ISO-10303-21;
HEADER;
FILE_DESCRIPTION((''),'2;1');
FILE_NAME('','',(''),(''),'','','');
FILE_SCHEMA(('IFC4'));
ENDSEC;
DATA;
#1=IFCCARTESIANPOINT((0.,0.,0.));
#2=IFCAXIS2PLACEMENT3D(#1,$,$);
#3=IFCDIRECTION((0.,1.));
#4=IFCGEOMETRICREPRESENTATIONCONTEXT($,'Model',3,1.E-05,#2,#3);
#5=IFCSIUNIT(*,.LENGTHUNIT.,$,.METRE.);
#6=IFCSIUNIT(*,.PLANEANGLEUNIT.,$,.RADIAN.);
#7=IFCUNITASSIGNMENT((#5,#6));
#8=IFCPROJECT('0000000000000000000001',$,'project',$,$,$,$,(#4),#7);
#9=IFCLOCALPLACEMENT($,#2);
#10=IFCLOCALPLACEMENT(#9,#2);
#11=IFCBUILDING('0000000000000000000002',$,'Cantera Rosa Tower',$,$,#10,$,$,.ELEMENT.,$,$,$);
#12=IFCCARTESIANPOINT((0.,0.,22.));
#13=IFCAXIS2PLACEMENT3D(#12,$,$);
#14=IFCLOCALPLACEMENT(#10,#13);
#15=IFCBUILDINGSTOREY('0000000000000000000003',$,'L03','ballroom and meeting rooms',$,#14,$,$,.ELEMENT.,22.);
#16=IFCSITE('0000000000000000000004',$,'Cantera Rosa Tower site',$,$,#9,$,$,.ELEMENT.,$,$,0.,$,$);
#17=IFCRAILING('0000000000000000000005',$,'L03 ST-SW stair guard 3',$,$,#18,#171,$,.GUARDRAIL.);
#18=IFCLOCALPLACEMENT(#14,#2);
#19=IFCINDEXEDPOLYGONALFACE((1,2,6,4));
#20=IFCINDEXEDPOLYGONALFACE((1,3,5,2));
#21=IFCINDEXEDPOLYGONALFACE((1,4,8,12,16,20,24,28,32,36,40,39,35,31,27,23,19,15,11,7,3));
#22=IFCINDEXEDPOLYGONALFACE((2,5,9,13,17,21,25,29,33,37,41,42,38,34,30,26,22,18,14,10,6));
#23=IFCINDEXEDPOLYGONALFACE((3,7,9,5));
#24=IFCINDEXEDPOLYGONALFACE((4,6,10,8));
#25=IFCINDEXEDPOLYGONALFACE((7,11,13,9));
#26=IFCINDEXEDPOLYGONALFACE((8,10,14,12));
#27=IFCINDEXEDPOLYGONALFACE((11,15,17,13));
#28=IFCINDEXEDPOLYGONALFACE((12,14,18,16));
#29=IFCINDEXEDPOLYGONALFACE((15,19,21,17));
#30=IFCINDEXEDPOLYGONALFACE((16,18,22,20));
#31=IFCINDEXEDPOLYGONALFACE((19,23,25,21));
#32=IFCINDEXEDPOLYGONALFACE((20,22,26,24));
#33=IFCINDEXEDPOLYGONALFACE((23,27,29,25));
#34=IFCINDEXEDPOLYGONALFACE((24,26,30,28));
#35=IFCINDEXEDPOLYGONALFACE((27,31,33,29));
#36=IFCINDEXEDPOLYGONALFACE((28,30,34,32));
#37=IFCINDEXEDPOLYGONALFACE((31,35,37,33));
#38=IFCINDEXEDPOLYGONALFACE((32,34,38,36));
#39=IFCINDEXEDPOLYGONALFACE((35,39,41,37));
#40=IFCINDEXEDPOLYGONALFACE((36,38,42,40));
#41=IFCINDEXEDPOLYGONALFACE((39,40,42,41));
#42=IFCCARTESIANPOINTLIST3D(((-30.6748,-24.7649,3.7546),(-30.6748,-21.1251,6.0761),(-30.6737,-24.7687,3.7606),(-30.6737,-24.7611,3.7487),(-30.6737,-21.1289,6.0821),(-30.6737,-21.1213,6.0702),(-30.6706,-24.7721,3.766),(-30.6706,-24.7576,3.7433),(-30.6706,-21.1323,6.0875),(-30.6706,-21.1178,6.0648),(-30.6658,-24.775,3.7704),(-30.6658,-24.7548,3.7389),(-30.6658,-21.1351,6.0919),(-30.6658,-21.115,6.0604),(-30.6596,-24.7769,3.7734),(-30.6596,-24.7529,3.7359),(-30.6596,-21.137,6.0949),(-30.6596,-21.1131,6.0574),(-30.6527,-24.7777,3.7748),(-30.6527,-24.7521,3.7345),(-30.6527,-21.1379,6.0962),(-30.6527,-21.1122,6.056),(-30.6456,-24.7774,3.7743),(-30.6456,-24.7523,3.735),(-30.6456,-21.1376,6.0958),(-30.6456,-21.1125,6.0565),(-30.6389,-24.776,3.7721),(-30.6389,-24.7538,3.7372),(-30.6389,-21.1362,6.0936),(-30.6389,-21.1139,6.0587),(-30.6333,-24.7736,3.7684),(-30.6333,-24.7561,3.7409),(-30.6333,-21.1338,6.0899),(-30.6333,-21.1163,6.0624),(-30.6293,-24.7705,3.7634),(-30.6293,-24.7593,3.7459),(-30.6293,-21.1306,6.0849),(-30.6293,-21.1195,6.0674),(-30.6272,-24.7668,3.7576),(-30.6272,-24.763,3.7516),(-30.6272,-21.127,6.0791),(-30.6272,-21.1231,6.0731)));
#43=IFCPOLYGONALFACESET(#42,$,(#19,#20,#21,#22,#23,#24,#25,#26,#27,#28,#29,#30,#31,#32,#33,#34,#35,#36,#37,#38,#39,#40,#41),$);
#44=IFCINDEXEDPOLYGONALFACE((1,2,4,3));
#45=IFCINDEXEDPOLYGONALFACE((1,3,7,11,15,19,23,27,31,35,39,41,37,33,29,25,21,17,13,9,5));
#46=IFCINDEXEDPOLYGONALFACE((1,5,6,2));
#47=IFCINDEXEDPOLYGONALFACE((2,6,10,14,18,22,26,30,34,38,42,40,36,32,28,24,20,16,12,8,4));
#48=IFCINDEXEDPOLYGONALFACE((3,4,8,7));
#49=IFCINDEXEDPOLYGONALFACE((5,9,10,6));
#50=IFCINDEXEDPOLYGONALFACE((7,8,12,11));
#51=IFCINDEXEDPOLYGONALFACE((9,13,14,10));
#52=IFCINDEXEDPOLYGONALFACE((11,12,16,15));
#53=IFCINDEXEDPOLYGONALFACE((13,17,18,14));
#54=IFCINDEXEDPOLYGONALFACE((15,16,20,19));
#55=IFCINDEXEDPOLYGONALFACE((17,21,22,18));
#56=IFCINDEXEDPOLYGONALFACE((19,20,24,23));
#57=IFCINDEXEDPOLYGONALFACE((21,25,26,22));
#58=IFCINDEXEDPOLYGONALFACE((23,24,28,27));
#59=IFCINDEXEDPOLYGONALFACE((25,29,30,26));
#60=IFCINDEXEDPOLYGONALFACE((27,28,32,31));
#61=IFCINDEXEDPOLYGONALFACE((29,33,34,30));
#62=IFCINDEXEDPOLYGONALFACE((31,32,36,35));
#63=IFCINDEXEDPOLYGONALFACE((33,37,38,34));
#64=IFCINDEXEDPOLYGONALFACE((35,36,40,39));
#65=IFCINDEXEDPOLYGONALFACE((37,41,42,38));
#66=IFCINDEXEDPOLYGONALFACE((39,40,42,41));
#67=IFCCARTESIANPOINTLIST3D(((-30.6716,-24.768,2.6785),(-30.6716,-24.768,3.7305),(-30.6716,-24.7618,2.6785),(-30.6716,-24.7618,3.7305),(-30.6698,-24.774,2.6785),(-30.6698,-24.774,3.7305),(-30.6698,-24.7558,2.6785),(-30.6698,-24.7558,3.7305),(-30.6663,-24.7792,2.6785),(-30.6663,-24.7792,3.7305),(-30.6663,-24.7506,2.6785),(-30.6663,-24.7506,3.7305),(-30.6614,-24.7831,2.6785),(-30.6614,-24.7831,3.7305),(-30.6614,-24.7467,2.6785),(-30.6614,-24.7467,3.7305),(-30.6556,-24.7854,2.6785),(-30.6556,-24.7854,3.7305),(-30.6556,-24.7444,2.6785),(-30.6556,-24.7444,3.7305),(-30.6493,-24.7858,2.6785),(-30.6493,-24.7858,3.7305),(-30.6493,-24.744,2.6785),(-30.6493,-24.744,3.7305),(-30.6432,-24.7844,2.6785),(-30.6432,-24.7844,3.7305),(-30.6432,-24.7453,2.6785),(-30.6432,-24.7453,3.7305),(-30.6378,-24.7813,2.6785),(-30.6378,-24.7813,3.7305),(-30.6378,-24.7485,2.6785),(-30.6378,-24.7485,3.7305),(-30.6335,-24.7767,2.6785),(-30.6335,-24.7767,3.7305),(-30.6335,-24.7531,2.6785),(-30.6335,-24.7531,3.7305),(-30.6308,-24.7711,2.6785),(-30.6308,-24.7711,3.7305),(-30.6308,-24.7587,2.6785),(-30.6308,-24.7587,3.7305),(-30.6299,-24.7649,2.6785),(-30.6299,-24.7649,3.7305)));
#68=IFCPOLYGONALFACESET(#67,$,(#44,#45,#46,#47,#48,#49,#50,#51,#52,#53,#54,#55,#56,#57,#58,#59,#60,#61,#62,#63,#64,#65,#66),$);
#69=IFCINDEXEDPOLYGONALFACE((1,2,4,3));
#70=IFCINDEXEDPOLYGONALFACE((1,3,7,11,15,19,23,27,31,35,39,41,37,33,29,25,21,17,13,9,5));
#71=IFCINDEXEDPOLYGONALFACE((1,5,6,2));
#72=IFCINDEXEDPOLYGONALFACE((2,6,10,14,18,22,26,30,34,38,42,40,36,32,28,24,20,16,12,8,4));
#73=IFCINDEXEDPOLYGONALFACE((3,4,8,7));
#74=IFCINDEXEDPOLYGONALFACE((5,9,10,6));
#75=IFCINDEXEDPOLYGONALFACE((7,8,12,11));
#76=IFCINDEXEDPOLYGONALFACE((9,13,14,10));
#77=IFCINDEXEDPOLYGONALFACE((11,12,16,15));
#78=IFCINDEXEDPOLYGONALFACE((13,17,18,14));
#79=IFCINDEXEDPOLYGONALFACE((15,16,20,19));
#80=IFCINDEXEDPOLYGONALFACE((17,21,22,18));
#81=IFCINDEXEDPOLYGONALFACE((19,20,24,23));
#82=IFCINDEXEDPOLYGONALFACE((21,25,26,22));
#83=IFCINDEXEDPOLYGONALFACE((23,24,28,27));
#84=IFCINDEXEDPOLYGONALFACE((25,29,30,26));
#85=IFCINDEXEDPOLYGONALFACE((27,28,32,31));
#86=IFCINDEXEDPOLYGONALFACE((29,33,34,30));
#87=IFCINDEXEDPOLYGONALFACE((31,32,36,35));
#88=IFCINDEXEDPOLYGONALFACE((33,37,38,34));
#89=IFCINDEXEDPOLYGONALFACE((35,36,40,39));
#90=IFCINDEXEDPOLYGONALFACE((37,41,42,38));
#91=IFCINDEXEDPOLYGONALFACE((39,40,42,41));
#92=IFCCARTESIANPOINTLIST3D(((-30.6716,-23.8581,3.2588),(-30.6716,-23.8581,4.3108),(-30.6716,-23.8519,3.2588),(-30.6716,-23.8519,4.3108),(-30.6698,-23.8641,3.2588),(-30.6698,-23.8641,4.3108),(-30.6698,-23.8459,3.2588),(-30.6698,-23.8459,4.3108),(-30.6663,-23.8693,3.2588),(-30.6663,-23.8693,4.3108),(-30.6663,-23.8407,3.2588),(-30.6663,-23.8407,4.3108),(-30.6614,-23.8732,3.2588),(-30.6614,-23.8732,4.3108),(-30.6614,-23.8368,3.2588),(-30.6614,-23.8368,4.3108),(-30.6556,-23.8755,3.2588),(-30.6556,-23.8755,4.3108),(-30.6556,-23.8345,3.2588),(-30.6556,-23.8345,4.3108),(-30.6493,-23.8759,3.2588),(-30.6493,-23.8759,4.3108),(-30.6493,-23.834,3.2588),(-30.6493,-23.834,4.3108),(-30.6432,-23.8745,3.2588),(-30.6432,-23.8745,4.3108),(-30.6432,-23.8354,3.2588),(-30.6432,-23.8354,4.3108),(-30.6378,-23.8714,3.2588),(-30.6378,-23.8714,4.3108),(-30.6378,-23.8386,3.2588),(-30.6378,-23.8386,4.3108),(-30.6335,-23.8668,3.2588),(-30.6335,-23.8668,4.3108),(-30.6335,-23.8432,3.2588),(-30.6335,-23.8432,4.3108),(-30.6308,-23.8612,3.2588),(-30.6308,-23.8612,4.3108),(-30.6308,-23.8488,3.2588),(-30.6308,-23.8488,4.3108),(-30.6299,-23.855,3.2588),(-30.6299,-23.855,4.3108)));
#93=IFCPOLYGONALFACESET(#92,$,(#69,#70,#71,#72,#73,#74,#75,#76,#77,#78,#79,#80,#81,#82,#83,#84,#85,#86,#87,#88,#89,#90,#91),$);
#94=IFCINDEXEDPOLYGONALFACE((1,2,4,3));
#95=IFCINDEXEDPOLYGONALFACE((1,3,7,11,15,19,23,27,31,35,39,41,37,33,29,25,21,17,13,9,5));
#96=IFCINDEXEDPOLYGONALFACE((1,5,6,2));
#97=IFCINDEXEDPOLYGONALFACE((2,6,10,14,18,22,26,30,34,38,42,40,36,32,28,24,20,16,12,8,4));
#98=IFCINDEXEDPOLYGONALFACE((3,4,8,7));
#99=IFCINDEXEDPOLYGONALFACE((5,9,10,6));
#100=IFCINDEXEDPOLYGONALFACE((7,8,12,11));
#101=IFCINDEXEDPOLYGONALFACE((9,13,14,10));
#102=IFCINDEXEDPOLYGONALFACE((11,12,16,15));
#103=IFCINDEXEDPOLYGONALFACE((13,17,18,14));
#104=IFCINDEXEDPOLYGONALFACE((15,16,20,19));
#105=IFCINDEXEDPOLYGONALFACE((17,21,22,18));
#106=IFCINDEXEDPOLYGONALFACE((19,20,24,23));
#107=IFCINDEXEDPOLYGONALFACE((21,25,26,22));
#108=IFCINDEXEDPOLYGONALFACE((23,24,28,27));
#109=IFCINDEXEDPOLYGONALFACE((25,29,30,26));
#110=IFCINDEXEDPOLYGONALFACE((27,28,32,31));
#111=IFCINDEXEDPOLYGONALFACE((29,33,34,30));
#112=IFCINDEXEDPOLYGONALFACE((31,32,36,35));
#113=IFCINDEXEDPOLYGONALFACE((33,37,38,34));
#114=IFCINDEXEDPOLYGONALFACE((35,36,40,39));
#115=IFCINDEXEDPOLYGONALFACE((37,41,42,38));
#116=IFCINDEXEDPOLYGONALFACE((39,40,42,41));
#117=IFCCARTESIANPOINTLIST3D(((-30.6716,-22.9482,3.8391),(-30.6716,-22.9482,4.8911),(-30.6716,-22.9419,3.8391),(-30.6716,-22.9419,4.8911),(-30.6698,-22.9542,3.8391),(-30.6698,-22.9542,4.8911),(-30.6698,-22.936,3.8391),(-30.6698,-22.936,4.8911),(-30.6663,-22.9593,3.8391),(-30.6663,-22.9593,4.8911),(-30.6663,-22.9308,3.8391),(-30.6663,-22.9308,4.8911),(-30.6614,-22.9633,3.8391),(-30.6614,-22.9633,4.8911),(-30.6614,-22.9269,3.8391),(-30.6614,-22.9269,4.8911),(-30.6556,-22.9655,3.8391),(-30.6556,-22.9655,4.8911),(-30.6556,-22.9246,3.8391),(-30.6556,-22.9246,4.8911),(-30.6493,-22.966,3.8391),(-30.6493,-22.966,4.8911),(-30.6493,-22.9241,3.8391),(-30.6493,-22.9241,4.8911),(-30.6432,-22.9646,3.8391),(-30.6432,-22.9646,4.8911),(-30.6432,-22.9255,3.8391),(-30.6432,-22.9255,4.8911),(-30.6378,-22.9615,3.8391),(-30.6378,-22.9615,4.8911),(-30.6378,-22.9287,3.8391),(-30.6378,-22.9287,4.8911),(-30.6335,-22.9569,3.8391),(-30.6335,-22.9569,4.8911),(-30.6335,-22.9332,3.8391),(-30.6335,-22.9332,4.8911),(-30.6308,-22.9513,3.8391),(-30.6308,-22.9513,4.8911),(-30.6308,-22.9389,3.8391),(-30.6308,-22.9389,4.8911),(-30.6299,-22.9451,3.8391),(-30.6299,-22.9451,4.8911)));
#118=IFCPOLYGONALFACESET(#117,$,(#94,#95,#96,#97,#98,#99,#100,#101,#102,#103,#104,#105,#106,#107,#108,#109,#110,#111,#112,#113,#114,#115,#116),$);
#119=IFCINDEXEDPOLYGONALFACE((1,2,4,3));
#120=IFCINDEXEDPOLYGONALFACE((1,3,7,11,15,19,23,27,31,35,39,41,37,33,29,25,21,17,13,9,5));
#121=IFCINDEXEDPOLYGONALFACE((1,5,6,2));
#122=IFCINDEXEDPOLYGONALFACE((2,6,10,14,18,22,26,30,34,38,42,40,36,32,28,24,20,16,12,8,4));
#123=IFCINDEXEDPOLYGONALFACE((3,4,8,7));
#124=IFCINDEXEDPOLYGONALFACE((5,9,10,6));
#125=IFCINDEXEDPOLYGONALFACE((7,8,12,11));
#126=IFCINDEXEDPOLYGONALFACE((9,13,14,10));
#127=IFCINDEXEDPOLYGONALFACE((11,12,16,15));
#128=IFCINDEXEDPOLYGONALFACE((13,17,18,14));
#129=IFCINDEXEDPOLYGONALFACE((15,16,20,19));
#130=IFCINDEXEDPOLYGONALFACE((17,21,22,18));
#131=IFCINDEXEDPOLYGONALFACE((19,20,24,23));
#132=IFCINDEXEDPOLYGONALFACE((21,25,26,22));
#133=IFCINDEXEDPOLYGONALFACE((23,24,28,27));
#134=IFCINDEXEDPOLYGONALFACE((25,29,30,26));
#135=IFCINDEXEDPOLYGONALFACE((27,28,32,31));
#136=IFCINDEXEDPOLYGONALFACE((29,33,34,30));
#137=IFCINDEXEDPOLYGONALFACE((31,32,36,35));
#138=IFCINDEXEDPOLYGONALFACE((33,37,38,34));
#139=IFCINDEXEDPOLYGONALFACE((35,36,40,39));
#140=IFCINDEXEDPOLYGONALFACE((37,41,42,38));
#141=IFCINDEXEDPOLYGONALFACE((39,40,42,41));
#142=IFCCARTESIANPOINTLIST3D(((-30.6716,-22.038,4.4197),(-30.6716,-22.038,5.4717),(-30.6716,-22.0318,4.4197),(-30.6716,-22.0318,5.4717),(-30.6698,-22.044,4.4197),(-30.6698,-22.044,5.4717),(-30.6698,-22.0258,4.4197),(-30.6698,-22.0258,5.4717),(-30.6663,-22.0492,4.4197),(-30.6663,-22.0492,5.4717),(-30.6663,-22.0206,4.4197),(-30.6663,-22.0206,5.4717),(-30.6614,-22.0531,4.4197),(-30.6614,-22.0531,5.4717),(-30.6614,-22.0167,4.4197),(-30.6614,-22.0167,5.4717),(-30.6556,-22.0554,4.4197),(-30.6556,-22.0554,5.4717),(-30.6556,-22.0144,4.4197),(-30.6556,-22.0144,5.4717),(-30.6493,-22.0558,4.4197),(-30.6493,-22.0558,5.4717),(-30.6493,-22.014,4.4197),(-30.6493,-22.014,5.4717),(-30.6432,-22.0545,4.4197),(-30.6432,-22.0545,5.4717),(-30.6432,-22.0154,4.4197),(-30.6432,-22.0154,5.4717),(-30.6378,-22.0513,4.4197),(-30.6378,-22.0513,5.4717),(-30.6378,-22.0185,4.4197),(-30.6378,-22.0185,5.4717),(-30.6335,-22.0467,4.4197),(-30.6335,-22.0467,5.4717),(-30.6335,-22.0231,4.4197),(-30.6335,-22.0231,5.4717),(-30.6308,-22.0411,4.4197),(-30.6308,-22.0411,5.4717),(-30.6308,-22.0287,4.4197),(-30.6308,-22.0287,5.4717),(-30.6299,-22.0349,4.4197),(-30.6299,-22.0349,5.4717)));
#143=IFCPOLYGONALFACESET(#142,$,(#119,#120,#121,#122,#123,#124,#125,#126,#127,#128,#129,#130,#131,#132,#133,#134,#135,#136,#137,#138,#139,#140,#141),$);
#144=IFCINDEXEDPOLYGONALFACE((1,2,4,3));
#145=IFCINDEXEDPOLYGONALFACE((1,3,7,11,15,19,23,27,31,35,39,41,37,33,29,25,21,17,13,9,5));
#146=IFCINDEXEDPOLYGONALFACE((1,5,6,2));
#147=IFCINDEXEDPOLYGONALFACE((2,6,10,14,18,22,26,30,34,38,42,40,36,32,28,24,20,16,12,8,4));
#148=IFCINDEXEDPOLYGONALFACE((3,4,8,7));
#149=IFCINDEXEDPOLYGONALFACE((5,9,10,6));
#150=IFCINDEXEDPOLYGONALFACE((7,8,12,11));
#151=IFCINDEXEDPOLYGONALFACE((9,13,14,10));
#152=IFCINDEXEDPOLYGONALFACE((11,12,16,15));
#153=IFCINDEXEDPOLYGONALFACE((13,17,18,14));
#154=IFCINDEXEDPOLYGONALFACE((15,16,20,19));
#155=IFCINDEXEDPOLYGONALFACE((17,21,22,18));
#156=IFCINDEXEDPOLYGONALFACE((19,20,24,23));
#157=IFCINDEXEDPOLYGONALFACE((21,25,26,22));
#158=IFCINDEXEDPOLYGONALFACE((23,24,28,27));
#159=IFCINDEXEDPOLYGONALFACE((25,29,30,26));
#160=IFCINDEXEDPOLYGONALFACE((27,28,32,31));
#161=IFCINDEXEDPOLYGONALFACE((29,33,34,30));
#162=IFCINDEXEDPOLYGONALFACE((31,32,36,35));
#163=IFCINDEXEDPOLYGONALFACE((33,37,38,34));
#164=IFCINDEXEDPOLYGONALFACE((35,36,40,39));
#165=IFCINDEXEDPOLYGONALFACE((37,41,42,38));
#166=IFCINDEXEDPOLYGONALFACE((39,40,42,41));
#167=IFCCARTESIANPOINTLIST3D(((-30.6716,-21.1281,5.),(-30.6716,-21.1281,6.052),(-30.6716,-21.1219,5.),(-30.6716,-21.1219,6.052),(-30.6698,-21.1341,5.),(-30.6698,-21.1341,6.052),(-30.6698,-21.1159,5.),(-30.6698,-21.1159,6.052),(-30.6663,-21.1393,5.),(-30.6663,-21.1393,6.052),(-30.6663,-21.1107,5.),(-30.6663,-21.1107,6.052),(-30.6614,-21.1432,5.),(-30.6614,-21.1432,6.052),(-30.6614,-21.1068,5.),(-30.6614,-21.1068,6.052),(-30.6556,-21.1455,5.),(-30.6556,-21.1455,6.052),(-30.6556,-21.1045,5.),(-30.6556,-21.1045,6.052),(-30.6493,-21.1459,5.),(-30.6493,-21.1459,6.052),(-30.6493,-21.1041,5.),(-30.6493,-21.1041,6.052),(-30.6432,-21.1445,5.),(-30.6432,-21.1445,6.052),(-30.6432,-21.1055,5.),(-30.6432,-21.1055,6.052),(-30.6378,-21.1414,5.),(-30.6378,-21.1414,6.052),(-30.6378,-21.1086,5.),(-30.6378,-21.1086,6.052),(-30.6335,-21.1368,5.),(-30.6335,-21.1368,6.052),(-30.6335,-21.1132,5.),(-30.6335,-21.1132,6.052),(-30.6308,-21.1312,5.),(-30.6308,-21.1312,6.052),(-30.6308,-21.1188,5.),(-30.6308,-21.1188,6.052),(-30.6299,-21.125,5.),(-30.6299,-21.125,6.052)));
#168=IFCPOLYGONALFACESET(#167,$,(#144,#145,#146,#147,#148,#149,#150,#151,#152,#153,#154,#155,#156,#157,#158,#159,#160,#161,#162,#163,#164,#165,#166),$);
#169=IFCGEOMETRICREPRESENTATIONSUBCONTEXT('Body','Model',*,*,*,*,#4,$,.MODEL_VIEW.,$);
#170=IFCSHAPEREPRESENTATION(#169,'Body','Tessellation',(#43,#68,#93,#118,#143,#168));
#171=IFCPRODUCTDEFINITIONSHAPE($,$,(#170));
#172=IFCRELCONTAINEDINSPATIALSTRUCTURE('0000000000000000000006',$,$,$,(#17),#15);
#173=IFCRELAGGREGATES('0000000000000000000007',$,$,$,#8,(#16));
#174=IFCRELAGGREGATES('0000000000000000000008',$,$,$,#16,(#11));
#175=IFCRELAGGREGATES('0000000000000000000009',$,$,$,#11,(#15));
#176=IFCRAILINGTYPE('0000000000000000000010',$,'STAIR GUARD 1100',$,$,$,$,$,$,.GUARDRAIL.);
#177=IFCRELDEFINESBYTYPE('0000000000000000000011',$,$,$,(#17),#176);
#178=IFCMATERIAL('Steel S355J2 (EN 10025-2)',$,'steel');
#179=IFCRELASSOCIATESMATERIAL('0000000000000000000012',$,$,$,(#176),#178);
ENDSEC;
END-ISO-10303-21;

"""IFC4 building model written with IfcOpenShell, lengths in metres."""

from ifc_helpers import new_model, si_unit, direction, frame, origin, origin_2d, place, context, subcontext, project, spatial, circle, extrude, material, type_object, element, save


model = new_model("IFC4")

# Units and contexts
model_context = context("Model", 3, precision=1e-05, world=origin(), true_north=direction((0.0, 1.0)))
body_context = subcontext(model_context, "Body", "Model", "MODEL_VIEW")
ifc_project = project(units=[si_unit("LENGTHUNIT", "METRE"), si_unit("PLANEANGLEUNIT", "RADIAN")], contexts=[model_context])

# Site, building, storey
site_placement = place(None, origin())
site = spatial("IfcSite", under=ifc_project, at=site_placement, Name="Cantera Rosa Tower site", CompositionType="ELEMENT", RefElevation=0.0)
building_placement = place(site_placement, origin())
building = spatial("IfcBuilding", under=site, at=building_placement, Name="Cantera Rosa Tower", CompositionType="ELEMENT")
storey_placement = place(building_placement, frame((0.0, 0.0, 22.0)))
storey = spatial("IfcBuildingStorey", under=building, at=storey_placement, Name="L03", Description="ballroom and meeting rooms", CompositionType="ELEMENT", Elevation=22.0)

# Railing
ifc_material_1 = material(Name="Steel S355J2 (EN 10025-2)", Category="steel")
railing_type_1 = type_object("IfcRailingType", Name="STAIR GUARD 1100", PredefinedType="GUARDRAIL", material=ifc_material_1)
railing_1_placement = place(storey_placement, frame((-30.6509, -24.7649, 2.6785)))
element("IfcRailing", 1, at=railing_1_placement, inside=storey, type_object=railing_type_1, Name="L03 ST-SW stair guard 3", PredefinedType="GUARDRAIL", context=body_context, shape_type="SweptSolid", body=[
    extrude(circle(Radius=0.0239, at=origin_2d()), frame((0.0, 0.0, 1.0762), z_axis=(0.0, 0.843112, 0.537739), x_axis=(-1.0, 0.0, 0.0)), (0.0, 0.0, 1.0), 4.3171),
    extrude(circle(Radius=0.021, at=origin_2d()), origin(), (0.0, 0.0, 1.0), 1.052),
    extrude(circle(Radius=0.021, at=origin_2d()), frame((0.0, 0.9099, 0.5803)), (0.0, 0.0, 1.0), 1.052),
    extrude(circle(Radius=0.021, at=origin_2d()), frame((0.0, 1.8198, 1.1606)), (0.0, 0.0, 1.0), 1.052),
    extrude(circle(Radius=0.021, at=origin_2d()), frame((0.0, 2.73, 1.7412)), (0.0, 0.0, 1.0), 1.052),
    extrude(circle(Radius=0.021, at=origin_2d()), frame((0.0, 3.6399, 2.3215)), (0.0, 0.0, 1.0), 1.052),
])

save(model, "model.ifc")
